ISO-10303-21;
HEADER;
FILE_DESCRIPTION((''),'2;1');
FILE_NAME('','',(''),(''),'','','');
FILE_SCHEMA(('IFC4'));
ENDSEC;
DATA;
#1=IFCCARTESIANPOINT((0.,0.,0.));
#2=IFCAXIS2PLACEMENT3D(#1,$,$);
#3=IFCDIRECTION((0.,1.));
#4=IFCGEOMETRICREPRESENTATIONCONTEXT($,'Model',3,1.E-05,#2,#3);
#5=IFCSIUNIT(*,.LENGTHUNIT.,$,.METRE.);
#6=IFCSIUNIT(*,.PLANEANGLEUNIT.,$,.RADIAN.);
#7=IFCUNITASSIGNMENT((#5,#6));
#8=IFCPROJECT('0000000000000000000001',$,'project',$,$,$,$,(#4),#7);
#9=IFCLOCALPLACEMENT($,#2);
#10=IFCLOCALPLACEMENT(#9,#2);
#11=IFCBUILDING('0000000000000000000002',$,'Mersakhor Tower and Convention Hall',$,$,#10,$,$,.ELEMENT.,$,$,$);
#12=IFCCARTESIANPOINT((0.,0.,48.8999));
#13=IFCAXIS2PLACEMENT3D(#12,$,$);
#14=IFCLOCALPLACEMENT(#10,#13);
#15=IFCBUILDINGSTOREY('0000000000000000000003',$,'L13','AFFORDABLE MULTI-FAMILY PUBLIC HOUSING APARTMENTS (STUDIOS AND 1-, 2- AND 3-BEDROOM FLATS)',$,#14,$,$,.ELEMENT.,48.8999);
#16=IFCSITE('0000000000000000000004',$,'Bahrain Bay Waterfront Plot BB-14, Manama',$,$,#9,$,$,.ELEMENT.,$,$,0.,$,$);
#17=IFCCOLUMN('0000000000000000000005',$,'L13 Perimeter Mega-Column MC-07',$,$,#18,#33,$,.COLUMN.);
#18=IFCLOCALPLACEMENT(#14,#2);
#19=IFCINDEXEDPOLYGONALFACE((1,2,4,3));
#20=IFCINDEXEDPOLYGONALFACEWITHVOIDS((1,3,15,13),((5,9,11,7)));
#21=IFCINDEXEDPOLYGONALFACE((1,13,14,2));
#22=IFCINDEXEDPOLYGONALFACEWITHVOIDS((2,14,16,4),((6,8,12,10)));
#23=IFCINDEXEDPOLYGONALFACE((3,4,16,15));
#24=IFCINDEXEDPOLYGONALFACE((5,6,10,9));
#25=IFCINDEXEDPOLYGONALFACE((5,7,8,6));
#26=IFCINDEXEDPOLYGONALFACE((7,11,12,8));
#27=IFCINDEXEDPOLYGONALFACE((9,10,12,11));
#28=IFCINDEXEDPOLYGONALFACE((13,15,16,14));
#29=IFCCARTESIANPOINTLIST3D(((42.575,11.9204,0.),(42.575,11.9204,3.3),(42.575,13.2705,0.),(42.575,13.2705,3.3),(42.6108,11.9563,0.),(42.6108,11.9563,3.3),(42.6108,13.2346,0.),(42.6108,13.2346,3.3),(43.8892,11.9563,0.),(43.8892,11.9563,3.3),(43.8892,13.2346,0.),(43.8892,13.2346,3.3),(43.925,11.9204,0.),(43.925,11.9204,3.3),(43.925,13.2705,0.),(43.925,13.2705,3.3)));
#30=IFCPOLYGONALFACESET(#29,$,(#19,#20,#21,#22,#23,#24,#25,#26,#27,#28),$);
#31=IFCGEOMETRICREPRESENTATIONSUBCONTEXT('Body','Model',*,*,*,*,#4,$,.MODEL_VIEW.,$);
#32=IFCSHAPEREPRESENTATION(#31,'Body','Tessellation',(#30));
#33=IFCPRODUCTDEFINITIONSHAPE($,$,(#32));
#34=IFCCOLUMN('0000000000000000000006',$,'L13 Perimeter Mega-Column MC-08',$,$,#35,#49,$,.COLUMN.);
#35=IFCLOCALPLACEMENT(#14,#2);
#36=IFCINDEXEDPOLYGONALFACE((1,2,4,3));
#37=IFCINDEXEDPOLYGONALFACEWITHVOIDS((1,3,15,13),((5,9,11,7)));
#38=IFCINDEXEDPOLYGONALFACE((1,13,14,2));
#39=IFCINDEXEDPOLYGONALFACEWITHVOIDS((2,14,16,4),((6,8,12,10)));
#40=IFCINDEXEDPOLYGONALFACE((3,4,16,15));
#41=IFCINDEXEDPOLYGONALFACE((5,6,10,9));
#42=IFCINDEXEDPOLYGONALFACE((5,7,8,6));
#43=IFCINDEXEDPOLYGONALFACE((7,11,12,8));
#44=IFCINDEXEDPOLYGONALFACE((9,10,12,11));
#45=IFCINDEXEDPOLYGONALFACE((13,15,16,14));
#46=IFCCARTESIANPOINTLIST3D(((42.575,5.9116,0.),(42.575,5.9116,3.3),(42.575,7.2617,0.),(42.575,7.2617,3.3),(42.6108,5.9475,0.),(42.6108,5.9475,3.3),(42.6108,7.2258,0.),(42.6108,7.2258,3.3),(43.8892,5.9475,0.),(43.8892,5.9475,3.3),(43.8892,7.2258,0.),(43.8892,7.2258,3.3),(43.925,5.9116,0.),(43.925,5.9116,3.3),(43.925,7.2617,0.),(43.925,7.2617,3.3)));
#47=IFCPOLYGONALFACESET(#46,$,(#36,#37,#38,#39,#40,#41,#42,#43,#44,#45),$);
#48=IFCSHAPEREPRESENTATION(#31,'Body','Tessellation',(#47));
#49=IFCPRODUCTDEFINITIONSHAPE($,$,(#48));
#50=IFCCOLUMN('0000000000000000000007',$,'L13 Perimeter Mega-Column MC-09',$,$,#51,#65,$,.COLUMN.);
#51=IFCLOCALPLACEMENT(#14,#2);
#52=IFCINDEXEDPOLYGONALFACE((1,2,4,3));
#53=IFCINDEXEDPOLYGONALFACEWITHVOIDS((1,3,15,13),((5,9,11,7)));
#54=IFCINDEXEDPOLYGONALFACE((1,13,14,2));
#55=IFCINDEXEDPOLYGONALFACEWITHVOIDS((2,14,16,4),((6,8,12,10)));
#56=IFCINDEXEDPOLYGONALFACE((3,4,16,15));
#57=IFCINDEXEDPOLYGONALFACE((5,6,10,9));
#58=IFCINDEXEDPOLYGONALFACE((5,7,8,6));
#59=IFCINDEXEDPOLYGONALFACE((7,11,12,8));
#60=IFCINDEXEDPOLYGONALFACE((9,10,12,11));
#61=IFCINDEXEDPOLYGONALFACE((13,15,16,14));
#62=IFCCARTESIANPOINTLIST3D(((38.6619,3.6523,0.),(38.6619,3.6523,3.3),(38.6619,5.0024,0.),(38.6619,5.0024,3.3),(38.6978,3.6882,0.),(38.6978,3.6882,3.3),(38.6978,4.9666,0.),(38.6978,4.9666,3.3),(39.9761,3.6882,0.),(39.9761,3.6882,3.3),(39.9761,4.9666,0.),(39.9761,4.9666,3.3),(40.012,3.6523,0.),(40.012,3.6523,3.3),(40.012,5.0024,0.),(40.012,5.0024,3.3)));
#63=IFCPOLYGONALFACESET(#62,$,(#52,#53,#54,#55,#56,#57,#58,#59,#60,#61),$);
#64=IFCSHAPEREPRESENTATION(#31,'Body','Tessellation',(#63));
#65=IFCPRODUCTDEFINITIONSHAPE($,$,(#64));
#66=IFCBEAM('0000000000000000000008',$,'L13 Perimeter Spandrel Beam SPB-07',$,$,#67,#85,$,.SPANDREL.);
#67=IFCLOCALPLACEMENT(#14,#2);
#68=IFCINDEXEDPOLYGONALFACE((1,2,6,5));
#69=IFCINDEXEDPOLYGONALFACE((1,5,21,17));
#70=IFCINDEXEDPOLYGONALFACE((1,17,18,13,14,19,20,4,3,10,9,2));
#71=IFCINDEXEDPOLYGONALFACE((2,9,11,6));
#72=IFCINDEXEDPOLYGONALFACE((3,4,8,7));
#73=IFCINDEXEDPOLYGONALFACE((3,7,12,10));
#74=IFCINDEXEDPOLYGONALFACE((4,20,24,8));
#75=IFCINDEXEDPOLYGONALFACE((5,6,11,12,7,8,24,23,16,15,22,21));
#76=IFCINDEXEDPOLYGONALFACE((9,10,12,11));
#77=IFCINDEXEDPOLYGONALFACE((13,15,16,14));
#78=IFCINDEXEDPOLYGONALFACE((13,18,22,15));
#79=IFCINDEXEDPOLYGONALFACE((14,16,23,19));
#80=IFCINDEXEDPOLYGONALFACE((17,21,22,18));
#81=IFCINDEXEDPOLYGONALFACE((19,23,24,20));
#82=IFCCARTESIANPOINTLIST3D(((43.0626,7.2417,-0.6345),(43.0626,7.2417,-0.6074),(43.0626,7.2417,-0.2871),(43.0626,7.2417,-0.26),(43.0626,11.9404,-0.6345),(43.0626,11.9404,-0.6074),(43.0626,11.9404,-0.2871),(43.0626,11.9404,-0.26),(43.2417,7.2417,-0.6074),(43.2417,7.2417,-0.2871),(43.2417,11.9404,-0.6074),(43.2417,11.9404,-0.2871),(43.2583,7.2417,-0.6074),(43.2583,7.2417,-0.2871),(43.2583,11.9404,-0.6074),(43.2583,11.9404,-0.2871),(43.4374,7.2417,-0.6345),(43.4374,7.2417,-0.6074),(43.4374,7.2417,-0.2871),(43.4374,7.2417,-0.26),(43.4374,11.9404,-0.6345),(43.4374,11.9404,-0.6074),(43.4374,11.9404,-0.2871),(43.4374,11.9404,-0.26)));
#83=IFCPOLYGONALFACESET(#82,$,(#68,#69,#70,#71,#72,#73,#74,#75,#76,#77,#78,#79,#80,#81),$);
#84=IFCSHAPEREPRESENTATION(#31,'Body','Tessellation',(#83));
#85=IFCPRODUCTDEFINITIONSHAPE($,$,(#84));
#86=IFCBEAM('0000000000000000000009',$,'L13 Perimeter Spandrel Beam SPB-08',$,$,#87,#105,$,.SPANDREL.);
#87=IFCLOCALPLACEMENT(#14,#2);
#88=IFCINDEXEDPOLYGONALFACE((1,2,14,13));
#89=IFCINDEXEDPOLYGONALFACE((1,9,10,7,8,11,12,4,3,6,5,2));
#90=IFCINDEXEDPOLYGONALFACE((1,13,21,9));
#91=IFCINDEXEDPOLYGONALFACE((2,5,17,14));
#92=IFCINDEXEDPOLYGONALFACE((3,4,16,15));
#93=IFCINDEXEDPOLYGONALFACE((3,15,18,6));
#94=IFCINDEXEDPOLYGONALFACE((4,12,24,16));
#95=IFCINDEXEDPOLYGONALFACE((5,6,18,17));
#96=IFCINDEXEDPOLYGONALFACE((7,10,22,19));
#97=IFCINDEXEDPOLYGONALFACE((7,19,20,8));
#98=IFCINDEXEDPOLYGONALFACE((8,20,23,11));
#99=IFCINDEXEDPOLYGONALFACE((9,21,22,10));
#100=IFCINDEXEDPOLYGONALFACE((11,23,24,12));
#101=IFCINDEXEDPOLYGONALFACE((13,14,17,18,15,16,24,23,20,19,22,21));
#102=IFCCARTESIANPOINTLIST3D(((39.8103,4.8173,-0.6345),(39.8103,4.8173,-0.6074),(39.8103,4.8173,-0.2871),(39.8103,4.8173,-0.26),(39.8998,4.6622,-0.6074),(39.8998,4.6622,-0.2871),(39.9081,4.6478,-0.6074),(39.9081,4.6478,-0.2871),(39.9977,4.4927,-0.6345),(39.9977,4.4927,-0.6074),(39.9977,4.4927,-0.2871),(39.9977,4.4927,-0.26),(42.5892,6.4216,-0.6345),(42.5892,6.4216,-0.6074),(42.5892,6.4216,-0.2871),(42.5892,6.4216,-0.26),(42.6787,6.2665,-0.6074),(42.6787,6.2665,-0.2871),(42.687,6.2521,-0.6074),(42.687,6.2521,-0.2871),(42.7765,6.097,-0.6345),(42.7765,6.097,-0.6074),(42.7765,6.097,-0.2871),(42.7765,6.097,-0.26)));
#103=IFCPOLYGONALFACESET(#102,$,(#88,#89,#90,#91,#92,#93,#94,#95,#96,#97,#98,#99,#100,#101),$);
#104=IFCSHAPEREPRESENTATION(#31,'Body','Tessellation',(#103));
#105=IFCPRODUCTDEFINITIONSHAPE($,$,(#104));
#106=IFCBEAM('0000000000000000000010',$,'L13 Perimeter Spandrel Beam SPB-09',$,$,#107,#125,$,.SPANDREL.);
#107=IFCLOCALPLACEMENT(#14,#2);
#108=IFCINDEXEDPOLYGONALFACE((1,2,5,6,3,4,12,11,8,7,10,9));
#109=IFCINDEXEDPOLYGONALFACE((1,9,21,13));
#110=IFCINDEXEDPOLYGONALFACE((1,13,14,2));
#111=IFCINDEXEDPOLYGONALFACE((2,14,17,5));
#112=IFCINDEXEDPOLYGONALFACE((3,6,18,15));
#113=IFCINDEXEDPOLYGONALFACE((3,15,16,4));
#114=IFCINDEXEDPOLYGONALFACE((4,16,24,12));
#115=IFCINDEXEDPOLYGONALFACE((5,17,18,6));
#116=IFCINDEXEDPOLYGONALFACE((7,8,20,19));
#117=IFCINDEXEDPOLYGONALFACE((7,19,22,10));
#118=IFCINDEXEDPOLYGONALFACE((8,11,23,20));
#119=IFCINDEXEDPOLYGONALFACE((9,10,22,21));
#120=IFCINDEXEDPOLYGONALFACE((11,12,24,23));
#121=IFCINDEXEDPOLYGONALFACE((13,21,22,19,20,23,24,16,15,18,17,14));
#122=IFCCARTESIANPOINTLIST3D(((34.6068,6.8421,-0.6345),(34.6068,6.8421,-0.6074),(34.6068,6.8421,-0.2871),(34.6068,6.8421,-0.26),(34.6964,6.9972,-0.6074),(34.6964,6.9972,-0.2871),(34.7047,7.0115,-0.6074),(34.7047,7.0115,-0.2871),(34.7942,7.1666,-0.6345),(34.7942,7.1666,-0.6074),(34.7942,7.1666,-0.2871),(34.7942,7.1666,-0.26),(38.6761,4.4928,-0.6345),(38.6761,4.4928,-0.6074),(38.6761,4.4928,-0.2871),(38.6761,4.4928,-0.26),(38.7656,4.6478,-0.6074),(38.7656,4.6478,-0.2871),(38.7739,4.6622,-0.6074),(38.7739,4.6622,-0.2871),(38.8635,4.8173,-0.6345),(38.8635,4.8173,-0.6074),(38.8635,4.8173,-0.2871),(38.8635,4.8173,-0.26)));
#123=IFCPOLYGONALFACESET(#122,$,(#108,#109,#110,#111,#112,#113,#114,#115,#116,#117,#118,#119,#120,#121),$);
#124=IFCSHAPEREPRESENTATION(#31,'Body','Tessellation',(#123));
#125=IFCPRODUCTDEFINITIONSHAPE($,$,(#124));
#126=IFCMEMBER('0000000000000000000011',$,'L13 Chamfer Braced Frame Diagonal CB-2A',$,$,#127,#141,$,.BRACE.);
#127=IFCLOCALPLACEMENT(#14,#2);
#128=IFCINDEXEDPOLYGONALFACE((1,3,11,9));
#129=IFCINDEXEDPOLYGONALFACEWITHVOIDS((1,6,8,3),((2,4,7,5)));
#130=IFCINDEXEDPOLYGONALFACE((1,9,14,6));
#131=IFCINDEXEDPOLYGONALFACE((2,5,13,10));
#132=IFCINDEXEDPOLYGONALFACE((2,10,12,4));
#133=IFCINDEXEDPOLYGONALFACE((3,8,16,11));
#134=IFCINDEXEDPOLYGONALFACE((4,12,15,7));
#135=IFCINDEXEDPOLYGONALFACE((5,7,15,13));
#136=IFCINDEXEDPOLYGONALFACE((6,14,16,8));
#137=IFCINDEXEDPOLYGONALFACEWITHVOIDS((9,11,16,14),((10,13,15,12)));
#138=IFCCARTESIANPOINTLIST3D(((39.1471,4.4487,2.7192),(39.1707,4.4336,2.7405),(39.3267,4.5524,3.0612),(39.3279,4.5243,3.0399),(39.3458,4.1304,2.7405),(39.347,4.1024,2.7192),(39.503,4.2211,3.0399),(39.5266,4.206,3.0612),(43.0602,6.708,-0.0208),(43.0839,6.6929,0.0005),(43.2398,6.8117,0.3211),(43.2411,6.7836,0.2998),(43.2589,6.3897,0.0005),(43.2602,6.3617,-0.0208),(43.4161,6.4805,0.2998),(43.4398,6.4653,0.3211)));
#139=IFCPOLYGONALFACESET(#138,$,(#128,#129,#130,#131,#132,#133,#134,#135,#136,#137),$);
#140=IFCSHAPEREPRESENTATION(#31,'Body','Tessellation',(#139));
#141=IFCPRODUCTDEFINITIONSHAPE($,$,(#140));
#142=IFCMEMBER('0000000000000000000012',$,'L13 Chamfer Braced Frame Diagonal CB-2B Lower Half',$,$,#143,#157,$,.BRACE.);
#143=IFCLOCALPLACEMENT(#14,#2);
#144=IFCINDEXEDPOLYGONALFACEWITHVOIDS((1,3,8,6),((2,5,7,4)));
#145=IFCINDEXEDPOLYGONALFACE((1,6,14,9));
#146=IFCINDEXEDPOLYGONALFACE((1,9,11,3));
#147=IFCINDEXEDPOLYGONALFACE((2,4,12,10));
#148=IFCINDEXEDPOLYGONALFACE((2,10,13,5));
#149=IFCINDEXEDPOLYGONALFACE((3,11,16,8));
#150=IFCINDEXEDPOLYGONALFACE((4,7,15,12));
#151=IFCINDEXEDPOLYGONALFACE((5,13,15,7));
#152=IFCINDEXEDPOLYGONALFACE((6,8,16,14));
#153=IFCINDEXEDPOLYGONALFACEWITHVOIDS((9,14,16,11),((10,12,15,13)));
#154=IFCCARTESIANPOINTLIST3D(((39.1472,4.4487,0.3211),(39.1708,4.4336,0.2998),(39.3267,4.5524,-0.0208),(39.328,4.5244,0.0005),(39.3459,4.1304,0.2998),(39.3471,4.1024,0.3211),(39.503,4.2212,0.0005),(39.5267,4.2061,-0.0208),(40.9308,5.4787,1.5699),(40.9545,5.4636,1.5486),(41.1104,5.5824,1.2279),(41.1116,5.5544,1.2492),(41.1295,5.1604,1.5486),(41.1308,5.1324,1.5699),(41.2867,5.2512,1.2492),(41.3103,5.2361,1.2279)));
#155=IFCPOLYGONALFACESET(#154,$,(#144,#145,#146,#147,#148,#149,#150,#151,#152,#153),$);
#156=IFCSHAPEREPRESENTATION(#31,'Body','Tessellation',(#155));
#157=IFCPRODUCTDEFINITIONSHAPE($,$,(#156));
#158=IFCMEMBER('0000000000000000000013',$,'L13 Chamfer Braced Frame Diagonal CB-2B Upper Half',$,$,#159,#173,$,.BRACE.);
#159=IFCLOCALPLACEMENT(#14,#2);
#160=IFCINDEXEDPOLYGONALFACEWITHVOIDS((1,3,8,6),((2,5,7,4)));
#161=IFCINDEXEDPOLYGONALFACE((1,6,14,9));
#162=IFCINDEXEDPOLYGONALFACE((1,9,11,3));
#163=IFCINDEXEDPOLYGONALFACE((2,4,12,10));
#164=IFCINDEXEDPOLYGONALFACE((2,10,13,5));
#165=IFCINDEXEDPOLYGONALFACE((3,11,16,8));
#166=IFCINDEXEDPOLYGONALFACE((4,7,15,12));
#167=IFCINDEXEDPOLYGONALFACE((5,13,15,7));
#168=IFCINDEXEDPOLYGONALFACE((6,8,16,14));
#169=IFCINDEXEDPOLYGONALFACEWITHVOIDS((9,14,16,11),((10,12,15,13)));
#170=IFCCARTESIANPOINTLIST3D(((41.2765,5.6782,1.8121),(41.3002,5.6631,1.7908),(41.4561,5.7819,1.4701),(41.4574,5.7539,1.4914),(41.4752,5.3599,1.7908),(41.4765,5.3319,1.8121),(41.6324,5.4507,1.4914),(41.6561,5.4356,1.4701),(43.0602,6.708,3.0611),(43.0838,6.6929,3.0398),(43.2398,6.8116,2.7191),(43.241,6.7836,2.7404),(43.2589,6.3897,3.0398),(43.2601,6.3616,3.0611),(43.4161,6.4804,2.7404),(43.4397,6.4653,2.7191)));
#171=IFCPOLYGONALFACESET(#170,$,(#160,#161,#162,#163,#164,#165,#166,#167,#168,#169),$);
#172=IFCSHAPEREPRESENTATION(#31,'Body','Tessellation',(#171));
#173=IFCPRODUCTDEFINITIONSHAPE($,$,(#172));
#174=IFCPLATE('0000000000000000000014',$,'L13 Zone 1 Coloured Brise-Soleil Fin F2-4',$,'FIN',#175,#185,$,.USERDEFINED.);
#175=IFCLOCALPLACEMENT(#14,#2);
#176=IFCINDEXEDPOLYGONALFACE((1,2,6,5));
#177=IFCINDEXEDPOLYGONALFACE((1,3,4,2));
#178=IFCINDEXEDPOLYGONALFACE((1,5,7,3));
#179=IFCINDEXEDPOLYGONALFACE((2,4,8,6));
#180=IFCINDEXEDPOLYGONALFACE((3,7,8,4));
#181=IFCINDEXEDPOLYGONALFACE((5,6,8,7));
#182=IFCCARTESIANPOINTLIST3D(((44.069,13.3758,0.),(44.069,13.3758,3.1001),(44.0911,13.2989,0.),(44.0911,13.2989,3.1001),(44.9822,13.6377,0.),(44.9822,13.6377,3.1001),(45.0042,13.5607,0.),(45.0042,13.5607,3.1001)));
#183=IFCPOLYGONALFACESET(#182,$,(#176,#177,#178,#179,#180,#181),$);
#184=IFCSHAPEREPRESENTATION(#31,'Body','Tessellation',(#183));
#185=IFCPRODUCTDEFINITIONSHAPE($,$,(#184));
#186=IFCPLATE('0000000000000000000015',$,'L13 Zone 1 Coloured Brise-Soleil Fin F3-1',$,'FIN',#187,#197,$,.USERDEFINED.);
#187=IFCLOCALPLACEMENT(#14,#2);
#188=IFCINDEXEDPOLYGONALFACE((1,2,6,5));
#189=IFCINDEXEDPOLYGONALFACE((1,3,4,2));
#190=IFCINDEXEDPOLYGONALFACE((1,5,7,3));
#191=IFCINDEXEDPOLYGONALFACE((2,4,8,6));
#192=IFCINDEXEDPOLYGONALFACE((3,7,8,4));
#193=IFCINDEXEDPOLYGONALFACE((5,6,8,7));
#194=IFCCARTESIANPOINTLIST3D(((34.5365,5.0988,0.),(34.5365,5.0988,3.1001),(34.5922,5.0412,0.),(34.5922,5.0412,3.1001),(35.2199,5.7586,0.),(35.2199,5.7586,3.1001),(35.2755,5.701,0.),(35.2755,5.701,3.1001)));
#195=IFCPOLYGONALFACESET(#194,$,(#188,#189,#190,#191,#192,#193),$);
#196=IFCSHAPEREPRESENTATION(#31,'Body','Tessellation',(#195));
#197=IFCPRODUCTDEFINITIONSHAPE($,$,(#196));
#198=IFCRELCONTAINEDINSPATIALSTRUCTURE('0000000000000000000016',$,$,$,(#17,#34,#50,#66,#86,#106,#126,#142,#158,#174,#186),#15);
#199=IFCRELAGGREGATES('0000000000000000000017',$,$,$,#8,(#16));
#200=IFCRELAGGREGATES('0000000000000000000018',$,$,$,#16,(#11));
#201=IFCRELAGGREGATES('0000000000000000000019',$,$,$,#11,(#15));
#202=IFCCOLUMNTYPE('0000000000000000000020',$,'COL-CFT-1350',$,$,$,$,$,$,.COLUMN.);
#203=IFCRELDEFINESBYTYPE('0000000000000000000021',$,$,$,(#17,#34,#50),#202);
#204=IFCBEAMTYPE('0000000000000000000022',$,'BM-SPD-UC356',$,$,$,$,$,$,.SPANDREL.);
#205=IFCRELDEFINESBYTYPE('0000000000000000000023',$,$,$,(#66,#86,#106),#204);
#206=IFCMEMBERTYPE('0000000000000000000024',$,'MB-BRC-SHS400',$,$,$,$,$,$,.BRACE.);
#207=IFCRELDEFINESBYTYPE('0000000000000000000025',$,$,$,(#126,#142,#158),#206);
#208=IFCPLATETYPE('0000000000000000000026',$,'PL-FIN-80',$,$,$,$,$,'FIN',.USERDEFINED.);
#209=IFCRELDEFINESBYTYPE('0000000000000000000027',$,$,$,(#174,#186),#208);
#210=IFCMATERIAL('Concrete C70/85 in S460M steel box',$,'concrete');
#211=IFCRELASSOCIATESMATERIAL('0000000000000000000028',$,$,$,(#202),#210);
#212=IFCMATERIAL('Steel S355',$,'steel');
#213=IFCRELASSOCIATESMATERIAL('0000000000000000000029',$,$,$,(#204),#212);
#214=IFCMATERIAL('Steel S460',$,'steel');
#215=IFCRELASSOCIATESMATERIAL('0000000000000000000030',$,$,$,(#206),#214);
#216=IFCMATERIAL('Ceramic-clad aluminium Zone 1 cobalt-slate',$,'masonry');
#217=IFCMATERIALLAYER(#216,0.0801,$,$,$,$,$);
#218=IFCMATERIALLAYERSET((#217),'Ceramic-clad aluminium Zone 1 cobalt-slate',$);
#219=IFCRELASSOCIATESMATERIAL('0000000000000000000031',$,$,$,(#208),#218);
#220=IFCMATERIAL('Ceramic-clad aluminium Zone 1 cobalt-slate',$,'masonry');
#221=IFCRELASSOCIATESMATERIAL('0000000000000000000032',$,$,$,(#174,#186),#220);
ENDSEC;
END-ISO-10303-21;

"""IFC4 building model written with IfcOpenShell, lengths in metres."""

from ifc_helpers import new_model, si_unit, direction, frame, origin, origin_2d, place, context, subcontext, project, spatial, rectangle, hollow_rectangle, i_section, extrude, material, layer, layer_set, material_profile, profile_set, type_object, element, save


model = new_model("IFC4")

# Units and contexts
model_context = context("Model", 3, precision=1e-05, world=origin(), true_north=direction((0.0, 1.0)))
body_context = subcontext(model_context, "Body", "Model", "MODEL_VIEW")
ifc_project = project(units=[si_unit("LENGTHUNIT", "METRE"), si_unit("PLANEANGLEUNIT", "RADIAN")], contexts=[model_context])

# Site, building, storey
site_placement = place(None, origin())
site = spatial("IfcSite", under=ifc_project, at=site_placement, Name="Bahrain Bay Waterfront Plot BB-14, Manama", CompositionType="ELEMENT", RefElevation=0.0)
building_placement = place(site_placement, origin())
building = spatial("IfcBuilding", under=site, at=building_placement, Name="Mersakhor Tower and Convention Hall", CompositionType="ELEMENT")
storey_placement = place(building_placement, frame((0.0, 0.0, 48.8999)))
storey = spatial("IfcBuildingStorey", under=building, at=storey_placement, Name="L13", Description="AFFORDABLE MULTI-FAMILY PUBLIC HOUSING APARTMENTS (STUDIOS AND 1-, 2- AND 3-BEDROOM FLATS)", CompositionType="ELEMENT", Elevation=48.8999)

# Columns
ifc_material_1 = material(Name="Concrete C70/85 in S460M steel box", Category="concrete")
ifc_material_profile_1 = material_profile(ifc_material_1, hollow_rectangle(XDim=1.3501, YDim=1.3501, WallThickness=0.0359, at=origin_2d()), Name="SHS 1350x1350x36")
ifc_profile_set_1 = profile_set([ifc_material_profile_1], Name="Concrete C70/85 in S460M steel box")
column_type = type_object("IfcColumnType", Name="COL-CFT-1350", PredefinedType="COLUMN", material=ifc_profile_set_1)
for number, where, z_axis, x_axis, name in (
    (1, (43.25, 12.5955, 0.0), (0.0, 0.0, 1.0), (1.0, 0.0, 0.0), "L13 Perimeter Mega-Column MC-07"),
    (2, (43.25, 6.5867, 0.0), (0.0, 0.0, 1.0), (1.0, 0.0, 0.0), "L13 Perimeter Mega-Column MC-08"),
    (3, (39.3369, 4.3274, 0.0), (0.0, 0.0, 1.0), (1.0, 0.0, 0.0), "L13 Perimeter Mega-Column MC-09"),
):
    element("IfcColumn", number, at=place(storey_placement, frame(where, z_axis=z_axis, x_axis=x_axis)), inside=storey, type_object=column_type, Name=name, PredefinedType="COLUMN", context=body_context, shape_type="SweptSolid", body=[
        extrude(hollow_rectangle(XDim=1.3501, YDim=1.3501, WallThickness=0.0359, at=origin_2d()), origin(), (0.0, 0.0, 1.0), 3.3),
    ])

# Beams
ifc_material_2 = material(Name="Steel S355", Category="steel")
ifc_material_profile_2 = material_profile(ifc_material_2, i_section(OverallWidth=0.3748, OverallDepth=0.3745, WebThickness=0.0166, FlangeThickness=0.0271, at=origin_2d()), Name="UC 356x368x202")
ifc_profile_set_2 = profile_set([ifc_material_profile_2], Name="Steel S355")
beam_type = type_object("IfcBeamType", Name="BM-SPD-UC356", PredefinedType="SPANDREL", material=ifc_profile_set_2)
beam_1_placement = place(storey_placement, frame((43.25, 11.9404, -0.4473), z_axis=(0.0, -1.0, 0.0), x_axis=(1.0, 0.0, 0.0)))
element("IfcBeam", 4, at=beam_1_placement, inside=storey, type_object=beam_type, Name="L13 Perimeter Spandrel Beam SPB-07", PredefinedType="SPANDREL", context=body_context, shape_type="SweptSolid", body=[
    extrude(i_section(OverallWidth=0.3748, OverallDepth=0.3745, WebThickness=0.0166, FlangeThickness=0.0271, at=origin_2d()), origin(), (0.0, 0.0, 1.0), 4.6987),
])
beam_2_placement = place(storey_placement, frame((42.6829, 6.2593, -0.4473), z_axis=(-0.866039, -0.499977, 0.0), x_axis=(0.499977, -0.866039, 0.0)))
element("IfcBeam", 5, at=beam_2_placement, inside=storey, type_object=beam_type, Name="L13 Perimeter Spandrel Beam SPB-08", PredefinedType="SPANDREL", context=body_context, shape_type="SweptSolid", body=[
    extrude(i_section(OverallWidth=0.3748, OverallDepth=0.3745, WebThickness=0.0166, FlangeThickness=0.0271, at=origin_2d()), origin(), (0.0, 0.0, 1.0), 3.2087),
])
beam_3_placement = place(storey_placement, frame((38.7698, 4.655, -0.4473), z_axis=(-0.866032, 0.499989, 0.0), x_axis=(-0.499989, -0.866032, 0.0)))
element("IfcBeam", 6, at=beam_3_placement, inside=storey, type_object=beam_type, Name="L13 Perimeter Spandrel Beam SPB-09", PredefinedType="SPANDREL", context=body_context, shape_type="SweptSolid", body=[
    extrude(i_section(OverallWidth=0.3748, OverallDepth=0.3745, WebThickness=0.0166, FlangeThickness=0.0271, at=origin_2d()), origin(), (0.0, 0.0, 1.0), 4.6987),
])

# Members
ifc_material_3 = material(Name="Steel S460", Category="steel")
ifc_material_profile_3 = material_profile(ifc_material_3, hollow_rectangle(XDim=0.3999, YDim=0.3999, WallThickness=0.0249, at=origin_2d()), Name="SHS 400x400x25")
ifc_profile_set_3 = profile_set([ifc_material_profile_3], Name="Steel S460")
member_type = type_object("IfcMemberType", Name="MB-BRC-SHS400", PredefinedType="BRACE", material=ifc_profile_set_3)
member_placement = place(storey_placement, frame((43.25, 6.5867, 0.1501), z_axis=(-0.740508, -0.427543, 0.518513), x_axis=(0.500009, -0.86602, 0.0)))
element("IfcMember", 7, at=member_placement, inside=storey, type_object=member_type, Name="L13 Chamfer Braced Frame Diagonal CB-2A", PredefinedType="BRACE", context=body_context, shape_type="SweptSolid", body=[
    extrude(hollow_rectangle(XDim=0.3999, YDim=0.3999, WallThickness=0.0249, at=origin_2d()), origin(), (0.0, 0.0, 1.0), 5.2844),
])
for number, where, z_axis, x_axis, name in (
    (8, (39.3369, 4.3274, 0.1501), (0.740512, 0.427624, 0.51844), (-0.500078, 0.86598, 0.0), "L13 Chamfer Braced Frame Diagonal CB-2B Lower Half"),
    (9, (41.4663, 5.5569, 1.6411), (0.740505, 0.427519, 0.518536), (-0.499989, 0.866032, 0.0), "L13 Chamfer Braced Frame Diagonal CB-2B Upper Half"),
):
    element("IfcMember", number, at=place(storey_placement, frame(where, z_axis=z_axis, x_axis=x_axis)), inside=storey, type_object=member_type, Name=name, PredefinedType="BRACE", context=body_context, shape_type="SweptSolid", body=[
        extrude(hollow_rectangle(XDim=0.3999, YDim=0.3999, WallThickness=0.0249, at=origin_2d()), origin(), (0.0, 0.0, 1.0), 2.4087),
    ])

# Plates
ifc_material_4 = material(Name="Ceramic-clad aluminium Zone 1 cobalt-slate", Category="masonry")
ifc_material_5 = material(Name="Ceramic-clad aluminium Zone 1 cobalt-slate", Category="masonry")
ifc_layer_1 = layer(ifc_material_5, 0.0801)
ifc_layer_set_1 = layer_set([ifc_layer_1], Name="Ceramic-clad aluminium Zone 1 cobalt-slate")
plate_type_1 = type_object("IfcPlateType", Name="PL-FIN-80", ElementType="FIN", PredefinedType="USERDEFINED", material=ifc_layer_set_1)
for number, where, z_axis, x_axis, name in (
    (10, (44.5366, 13.4683, 0.0), (0.0, 0.0, 1.0), (0.961262, 0.275637, 0.0), "L13 Zone 1 Coloured Brise-Soleil Fin F2-4"),
    (11, (34.906, 5.3999, 0.0), (0.0, 0.0, 1.0), (-0.71934, -0.694658, 0.0), "L13 Zone 1 Coloured Brise-Soleil Fin F3-1"),
):
    element("IfcPlate", number, at=place(storey_placement, frame(where, z_axis=z_axis, x_axis=x_axis)), inside=storey, type_object=plate_type_1, material=ifc_material_4, Name=name, ObjectType="FIN", PredefinedType="USERDEFINED", context=body_context, shape_type="SweptSolid", body=[
        extrude(rectangle(XDim=0.95, YDim=0.0801, at=origin_2d()), origin(), (0.0, 0.0, 1.0), 3.1001),
    ])

save(model, "model.ifc")
